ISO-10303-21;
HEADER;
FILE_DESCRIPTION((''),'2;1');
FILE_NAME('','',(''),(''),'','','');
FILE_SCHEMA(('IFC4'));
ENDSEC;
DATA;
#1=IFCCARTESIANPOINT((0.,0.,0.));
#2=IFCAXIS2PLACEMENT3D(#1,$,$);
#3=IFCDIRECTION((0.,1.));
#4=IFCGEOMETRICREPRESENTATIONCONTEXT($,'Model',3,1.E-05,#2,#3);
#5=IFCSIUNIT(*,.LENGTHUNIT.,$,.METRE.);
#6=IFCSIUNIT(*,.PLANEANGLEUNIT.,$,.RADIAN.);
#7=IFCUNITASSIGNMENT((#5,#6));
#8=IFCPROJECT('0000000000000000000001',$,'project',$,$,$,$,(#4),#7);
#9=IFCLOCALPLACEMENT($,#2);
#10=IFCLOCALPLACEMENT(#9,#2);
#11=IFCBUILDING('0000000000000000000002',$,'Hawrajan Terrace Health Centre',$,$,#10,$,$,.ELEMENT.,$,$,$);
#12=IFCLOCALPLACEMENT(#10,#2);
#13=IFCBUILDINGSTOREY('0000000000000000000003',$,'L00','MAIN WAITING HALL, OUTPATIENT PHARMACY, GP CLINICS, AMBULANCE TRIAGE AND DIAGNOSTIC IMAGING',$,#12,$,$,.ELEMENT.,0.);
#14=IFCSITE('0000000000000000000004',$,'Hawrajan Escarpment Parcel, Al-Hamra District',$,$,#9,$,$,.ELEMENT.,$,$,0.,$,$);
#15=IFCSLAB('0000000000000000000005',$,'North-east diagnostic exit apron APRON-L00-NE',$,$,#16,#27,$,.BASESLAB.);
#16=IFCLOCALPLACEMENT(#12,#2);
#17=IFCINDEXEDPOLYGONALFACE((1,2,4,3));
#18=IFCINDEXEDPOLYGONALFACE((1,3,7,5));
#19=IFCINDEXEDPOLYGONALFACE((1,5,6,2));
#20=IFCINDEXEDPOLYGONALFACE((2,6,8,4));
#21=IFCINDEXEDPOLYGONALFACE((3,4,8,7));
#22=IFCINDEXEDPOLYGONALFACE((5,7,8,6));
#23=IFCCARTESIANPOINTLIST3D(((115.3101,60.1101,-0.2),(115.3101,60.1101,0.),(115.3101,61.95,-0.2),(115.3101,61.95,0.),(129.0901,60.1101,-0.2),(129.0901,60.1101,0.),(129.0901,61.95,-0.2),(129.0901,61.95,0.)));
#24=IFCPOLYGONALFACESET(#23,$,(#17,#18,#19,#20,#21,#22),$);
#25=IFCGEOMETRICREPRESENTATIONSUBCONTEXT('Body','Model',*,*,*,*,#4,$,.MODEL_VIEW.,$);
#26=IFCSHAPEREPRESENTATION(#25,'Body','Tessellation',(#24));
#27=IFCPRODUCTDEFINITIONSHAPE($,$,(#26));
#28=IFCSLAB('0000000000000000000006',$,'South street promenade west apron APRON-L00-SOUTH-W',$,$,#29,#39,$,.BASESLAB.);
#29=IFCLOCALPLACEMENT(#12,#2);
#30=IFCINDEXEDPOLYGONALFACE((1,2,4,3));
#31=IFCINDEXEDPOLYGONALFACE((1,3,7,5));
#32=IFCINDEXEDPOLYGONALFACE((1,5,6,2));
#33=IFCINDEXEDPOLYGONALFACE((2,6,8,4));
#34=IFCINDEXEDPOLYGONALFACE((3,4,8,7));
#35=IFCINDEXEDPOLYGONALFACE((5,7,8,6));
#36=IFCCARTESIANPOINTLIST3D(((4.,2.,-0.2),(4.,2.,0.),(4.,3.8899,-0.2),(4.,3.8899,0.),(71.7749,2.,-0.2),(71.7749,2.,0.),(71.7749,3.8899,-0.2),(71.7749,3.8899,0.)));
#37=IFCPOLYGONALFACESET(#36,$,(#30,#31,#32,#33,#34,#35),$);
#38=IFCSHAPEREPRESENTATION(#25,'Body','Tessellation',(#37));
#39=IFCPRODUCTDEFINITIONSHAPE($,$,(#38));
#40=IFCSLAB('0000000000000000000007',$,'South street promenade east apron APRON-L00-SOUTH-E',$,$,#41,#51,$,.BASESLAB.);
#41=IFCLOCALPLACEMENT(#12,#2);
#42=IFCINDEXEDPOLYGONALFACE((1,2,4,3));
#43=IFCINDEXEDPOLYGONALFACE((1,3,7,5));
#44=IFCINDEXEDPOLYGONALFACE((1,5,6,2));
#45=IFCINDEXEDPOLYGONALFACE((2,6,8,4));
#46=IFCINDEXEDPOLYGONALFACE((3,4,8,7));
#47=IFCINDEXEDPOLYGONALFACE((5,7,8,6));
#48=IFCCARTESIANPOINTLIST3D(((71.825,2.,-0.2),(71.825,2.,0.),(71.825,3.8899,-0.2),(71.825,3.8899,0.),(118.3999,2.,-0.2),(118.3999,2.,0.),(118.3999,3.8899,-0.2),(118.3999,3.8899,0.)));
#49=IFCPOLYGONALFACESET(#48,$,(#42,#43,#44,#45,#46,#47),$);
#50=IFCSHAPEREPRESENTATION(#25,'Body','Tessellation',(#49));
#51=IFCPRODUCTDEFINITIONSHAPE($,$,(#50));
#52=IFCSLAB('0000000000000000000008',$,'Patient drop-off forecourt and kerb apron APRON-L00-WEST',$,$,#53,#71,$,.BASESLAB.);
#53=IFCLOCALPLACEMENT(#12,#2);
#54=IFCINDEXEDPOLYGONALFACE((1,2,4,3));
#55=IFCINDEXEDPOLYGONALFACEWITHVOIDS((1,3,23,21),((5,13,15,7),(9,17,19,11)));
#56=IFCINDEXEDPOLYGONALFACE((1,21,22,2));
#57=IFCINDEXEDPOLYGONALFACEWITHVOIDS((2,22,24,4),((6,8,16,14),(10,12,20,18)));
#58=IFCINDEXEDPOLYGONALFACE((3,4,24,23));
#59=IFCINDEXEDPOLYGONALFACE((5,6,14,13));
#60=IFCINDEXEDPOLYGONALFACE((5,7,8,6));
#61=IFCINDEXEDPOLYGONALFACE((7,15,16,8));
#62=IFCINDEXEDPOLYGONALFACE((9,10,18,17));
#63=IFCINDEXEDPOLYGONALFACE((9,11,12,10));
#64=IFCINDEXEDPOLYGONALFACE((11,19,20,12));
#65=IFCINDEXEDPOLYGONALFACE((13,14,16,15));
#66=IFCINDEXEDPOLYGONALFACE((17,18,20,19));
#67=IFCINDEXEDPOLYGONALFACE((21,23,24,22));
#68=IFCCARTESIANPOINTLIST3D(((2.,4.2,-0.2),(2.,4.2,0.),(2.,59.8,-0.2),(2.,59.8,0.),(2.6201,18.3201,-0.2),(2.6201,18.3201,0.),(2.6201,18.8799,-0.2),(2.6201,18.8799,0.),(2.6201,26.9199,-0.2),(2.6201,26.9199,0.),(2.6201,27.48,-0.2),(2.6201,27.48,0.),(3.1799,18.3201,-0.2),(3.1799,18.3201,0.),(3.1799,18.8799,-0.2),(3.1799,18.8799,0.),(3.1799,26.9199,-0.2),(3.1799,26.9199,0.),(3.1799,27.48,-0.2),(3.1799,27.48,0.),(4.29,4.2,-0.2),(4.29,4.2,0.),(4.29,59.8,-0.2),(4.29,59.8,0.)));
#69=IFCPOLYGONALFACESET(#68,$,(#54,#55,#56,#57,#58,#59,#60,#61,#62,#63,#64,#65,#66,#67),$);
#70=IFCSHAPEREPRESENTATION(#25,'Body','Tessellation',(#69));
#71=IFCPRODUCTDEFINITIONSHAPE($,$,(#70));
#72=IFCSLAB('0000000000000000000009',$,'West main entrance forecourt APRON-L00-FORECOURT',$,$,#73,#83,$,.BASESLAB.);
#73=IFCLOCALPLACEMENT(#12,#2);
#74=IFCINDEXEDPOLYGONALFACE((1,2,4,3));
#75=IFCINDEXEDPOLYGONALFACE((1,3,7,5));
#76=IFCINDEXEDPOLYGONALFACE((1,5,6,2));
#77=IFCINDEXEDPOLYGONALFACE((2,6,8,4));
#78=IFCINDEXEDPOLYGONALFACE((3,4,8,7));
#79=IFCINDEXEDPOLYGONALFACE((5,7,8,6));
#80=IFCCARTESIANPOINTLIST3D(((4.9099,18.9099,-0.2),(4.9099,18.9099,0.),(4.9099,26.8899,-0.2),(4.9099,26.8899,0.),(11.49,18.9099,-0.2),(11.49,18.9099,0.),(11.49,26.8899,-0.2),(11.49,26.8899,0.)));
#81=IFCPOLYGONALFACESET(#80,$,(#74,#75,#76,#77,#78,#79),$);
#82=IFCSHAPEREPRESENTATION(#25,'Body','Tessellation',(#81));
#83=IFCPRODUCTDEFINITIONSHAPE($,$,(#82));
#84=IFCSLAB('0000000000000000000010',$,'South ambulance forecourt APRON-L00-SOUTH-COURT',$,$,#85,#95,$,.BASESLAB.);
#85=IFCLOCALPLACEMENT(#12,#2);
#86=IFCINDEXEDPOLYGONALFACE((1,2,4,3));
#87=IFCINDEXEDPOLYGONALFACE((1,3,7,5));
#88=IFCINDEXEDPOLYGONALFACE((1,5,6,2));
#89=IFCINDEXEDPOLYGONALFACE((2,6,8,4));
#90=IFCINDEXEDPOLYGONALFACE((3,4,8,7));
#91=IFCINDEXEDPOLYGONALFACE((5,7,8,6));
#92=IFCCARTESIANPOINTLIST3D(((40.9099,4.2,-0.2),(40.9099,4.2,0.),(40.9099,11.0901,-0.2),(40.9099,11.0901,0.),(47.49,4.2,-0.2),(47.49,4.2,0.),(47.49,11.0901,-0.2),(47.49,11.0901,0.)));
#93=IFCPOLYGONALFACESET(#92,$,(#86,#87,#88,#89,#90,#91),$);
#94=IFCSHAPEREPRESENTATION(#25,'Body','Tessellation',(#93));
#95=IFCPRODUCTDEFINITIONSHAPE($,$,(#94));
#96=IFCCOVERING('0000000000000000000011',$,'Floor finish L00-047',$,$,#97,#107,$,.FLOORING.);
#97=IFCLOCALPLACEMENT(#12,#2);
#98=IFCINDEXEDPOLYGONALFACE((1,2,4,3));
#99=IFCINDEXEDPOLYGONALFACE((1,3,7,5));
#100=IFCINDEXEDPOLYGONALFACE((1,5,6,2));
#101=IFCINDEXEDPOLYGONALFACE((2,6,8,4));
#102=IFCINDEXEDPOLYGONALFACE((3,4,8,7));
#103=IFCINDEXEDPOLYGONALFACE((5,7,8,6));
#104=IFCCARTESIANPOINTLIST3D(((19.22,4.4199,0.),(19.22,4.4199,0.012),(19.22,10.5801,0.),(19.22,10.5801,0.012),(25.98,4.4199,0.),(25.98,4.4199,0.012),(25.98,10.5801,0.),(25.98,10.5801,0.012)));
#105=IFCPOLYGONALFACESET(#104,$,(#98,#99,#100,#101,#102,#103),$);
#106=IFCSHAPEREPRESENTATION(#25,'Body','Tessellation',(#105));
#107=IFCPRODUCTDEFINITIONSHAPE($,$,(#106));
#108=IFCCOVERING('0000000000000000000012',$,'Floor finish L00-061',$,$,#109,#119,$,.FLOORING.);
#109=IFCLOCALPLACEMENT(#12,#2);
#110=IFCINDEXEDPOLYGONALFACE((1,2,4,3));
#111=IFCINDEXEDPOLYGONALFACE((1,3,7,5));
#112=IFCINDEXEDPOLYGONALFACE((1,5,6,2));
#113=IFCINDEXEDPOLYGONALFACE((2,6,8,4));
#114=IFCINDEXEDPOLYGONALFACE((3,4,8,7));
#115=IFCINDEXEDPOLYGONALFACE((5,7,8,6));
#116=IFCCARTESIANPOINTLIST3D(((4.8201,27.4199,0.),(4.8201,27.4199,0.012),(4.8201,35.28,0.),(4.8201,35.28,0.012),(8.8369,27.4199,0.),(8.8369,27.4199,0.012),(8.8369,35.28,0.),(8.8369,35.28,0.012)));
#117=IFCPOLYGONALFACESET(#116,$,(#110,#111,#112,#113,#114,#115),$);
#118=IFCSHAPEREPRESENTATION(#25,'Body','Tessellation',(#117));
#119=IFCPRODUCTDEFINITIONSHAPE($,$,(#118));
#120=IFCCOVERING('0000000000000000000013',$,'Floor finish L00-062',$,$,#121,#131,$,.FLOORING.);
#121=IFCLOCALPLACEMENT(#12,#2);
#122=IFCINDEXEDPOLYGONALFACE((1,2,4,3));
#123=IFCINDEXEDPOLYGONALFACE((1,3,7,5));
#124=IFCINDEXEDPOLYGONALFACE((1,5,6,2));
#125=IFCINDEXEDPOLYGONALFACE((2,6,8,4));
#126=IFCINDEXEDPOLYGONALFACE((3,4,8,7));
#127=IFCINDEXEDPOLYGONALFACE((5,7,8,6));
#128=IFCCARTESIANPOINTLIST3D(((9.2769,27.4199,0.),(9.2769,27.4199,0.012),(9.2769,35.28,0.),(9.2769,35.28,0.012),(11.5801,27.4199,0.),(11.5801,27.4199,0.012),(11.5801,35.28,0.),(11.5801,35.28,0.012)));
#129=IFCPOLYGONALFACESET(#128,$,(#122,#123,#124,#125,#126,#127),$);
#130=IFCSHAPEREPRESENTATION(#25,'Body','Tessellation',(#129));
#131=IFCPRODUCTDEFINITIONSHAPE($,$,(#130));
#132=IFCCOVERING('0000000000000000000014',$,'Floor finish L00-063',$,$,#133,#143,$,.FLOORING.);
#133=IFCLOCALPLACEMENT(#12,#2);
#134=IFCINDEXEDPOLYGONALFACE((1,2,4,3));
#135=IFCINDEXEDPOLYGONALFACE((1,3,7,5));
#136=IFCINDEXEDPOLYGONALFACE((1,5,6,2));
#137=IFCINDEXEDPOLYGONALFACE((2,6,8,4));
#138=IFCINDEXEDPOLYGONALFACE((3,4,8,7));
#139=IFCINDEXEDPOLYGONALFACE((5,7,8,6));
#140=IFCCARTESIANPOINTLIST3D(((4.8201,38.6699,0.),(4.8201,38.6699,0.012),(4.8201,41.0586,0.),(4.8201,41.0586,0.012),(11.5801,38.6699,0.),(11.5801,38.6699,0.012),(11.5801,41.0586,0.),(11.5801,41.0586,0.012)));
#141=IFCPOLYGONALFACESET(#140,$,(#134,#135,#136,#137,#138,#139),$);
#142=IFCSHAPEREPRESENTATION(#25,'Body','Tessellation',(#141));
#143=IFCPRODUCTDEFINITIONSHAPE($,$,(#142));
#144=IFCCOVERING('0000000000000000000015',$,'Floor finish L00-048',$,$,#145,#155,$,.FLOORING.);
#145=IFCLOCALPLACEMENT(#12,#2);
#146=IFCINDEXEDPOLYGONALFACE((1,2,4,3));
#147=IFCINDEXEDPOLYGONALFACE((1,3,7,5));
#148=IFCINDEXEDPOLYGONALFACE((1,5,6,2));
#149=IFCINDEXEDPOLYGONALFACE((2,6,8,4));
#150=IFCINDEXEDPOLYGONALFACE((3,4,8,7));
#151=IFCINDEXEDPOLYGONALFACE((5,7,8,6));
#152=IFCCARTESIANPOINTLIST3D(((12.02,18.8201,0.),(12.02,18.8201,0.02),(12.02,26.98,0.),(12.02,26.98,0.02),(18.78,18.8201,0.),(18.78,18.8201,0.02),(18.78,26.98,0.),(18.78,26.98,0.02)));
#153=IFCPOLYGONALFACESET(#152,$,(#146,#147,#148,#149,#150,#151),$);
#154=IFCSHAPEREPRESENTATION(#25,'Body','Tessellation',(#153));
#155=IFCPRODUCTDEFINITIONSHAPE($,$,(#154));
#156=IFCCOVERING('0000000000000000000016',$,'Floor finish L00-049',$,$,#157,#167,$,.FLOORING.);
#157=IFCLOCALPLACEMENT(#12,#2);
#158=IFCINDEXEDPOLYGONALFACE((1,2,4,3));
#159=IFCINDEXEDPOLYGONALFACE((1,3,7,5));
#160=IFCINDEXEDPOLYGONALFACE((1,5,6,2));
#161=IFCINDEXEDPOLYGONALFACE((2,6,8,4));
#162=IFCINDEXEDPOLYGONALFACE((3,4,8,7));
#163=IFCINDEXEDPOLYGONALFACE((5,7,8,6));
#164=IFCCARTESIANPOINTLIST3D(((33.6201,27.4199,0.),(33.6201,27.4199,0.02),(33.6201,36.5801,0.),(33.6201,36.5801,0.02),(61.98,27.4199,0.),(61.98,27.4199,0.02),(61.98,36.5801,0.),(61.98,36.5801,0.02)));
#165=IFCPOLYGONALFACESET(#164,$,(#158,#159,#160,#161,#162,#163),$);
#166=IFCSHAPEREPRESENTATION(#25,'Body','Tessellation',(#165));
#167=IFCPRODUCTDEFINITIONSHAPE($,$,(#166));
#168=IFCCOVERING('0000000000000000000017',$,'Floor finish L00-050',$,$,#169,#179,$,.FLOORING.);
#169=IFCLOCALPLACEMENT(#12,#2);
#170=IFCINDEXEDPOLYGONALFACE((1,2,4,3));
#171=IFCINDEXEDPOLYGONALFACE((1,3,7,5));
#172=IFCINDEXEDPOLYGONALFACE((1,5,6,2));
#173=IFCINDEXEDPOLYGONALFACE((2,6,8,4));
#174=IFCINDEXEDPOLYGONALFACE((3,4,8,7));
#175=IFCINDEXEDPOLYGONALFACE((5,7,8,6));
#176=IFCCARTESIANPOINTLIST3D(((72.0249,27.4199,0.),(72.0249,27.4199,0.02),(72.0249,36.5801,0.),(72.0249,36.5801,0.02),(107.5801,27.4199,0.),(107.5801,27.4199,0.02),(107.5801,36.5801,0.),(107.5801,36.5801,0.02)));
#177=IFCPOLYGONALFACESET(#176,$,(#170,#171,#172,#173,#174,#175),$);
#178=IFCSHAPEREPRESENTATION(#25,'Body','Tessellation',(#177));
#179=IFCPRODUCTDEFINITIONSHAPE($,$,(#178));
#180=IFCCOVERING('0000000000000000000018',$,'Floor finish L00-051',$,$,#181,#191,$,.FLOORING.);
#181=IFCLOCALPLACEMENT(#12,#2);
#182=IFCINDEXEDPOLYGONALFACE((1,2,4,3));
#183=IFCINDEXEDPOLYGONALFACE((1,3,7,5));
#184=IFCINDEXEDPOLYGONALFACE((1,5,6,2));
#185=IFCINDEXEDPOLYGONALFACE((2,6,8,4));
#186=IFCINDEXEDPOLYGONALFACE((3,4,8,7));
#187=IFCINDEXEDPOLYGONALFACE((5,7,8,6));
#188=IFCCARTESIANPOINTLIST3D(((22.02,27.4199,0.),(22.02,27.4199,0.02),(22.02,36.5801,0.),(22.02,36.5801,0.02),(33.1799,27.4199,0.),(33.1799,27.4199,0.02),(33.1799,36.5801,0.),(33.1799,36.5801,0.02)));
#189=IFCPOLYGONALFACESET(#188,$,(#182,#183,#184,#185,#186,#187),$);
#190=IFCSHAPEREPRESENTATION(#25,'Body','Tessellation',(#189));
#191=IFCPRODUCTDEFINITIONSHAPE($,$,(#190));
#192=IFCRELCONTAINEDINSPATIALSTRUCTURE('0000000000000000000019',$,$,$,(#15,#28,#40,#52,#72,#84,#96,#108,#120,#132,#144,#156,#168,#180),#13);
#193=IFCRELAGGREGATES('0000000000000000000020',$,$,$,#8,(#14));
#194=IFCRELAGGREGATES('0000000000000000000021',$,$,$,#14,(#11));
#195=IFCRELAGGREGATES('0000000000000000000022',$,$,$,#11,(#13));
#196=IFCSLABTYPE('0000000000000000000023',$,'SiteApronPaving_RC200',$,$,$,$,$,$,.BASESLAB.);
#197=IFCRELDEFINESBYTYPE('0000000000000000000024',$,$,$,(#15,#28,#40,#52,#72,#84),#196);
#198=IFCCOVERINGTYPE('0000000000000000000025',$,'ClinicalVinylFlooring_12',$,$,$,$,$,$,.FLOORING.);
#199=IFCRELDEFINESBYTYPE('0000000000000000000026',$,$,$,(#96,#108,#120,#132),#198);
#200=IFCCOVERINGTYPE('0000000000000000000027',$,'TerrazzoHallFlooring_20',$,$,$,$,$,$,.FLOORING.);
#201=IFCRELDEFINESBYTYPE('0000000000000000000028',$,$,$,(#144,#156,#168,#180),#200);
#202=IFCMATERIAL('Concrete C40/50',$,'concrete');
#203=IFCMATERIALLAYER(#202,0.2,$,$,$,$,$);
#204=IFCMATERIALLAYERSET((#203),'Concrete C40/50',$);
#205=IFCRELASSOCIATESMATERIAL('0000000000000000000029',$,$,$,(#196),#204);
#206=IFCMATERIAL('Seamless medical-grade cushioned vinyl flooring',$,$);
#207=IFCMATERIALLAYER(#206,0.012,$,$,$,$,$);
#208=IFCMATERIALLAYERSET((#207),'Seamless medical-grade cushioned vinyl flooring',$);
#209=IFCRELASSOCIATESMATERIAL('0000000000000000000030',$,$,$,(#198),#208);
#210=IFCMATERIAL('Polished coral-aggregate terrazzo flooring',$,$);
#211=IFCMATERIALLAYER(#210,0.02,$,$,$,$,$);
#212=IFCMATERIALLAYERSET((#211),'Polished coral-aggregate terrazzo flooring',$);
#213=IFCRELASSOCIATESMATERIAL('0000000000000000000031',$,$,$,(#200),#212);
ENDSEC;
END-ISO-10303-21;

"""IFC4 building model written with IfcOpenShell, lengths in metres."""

from ifc_helpers import new_model, si_unit, direction, frame, origin, place, context, subcontext, project, spatial, polyline, outline, extrude, material, layer, layer_set, type_object, element, save


model = new_model("IFC4")

# Units and contexts
model_context = context("Model", 3, precision=1e-05, world=origin(), true_north=direction((0.0, 1.0)))
body_context = subcontext(model_context, "Body", "Model", "MODEL_VIEW")
ifc_project = project(units=[si_unit("LENGTHUNIT", "METRE"), si_unit("PLANEANGLEUNIT", "RADIAN")], contexts=[model_context])

# Site, building, storey
site_placement = place(None, origin())
site = spatial("IfcSite", under=ifc_project, at=site_placement, Name="Hawrajan Escarpment Parcel, Al-Hamra District", CompositionType="ELEMENT", RefElevation=0.0)
building_placement = place(site_placement, origin())
building = spatial("IfcBuilding", under=site, at=building_placement, Name="Hawrajan Terrace Health Centre", CompositionType="ELEMENT")
storey_placement = place(building_placement, origin())
storey = spatial("IfcBuildingStorey", under=building, at=storey_placement, Name="L00", Description="MAIN WAITING HALL, OUTPATIENT PHARMACY, GP CLINICS, AMBULANCE TRIAGE AND DIAGNOSTIC IMAGING", CompositionType="ELEMENT", Elevation=0.0)

# Slabs
ifc_material_1 = material(Name="Concrete C40/50", Category="concrete")
ifc_layer_1 = layer(ifc_material_1, 0.2)
ifc_layer_set_1 = layer_set([ifc_layer_1], Name="Concrete C40/50")
slab_type = type_object("IfcSlabType", Name="SiteApronPaving_RC200", PredefinedType="BASESLAB", material=ifc_layer_set_1)
slab_1_placement = place(storey_placement, frame((0.0, 0.0, -0.2)))
element("IfcSlab", 1, at=slab_1_placement, inside=storey, type_object=slab_type, Name="North-east diagnostic exit apron APRON-L00-NE", PredefinedType="BASESLAB", context=body_context, shape_type="SweptSolid", body=[
    extrude(outline(polyline([(115.3101, 60.1101), (129.0901, 60.1101), (129.0901, 61.95), (115.3101, 61.95), (115.3101, 60.1101)])), origin(), (0.0, 0.0, 1.0), 0.2),
])
slab_2_placement = place(storey_placement, frame((0.0, 0.0, -0.2)))
element("IfcSlab", 2, at=slab_2_placement, inside=storey, type_object=slab_type, Name="South street promenade west apron APRON-L00-SOUTH-W", PredefinedType="BASESLAB", context=body_context, shape_type="SweptSolid", body=[
    extrude(outline(polyline([(4.0, 2.0), (71.7749, 2.0), (71.7749, 3.8899), (4.0, 3.8899), (4.0, 2.0)])), origin(), (0.0, 0.0, 1.0), 0.2),
])
slab_3_placement = place(storey_placement, frame((0.0, 0.0, -0.2)))
element("IfcSlab", 3, at=slab_3_placement, inside=storey, type_object=slab_type, Name="South street promenade east apron APRON-L00-SOUTH-E", PredefinedType="BASESLAB", context=body_context, shape_type="SweptSolid", body=[
    extrude(outline(polyline([(71.825, 2.0), (118.3999, 2.0), (118.3999, 3.8899), (71.825, 3.8899), (71.825, 2.0)])), origin(), (0.0, 0.0, 1.0), 0.2),
])
slab_4_placement = place(storey_placement, frame((0.0, 0.0, -0.2)))
element("IfcSlab", 4, at=slab_4_placement, inside=storey, type_object=slab_type, Name="Patient drop-off forecourt and kerb apron APRON-L00-WEST", PredefinedType="BASESLAB", context=body_context, shape_type="SweptSolid", body=[
    extrude(outline(polyline([(2.0, 4.2), (4.29, 4.2), (4.29, 59.8), (2.0, 59.8), (2.0, 4.2)]), holes=[polyline([(2.6201, 18.3201), (3.1799, 18.3201), (3.1799, 18.8799), (2.6201, 18.8799), (2.6201, 18.3201)]), polyline([(2.6201, 26.9199), (3.1799, 26.9199), (3.1799, 27.48), (2.6201, 27.48), (2.6201, 26.9199)])]), origin(), (0.0, 0.0, 1.0), 0.2),
])
slab_5_placement = place(storey_placement, frame((0.0, 0.0, -0.2)))
element("IfcSlab", 5, at=slab_5_placement, inside=storey, type_object=slab_type, Name="West main entrance forecourt APRON-L00-FORECOURT", PredefinedType="BASESLAB", context=body_context, shape_type="SweptSolid", body=[
    extrude(outline(polyline([(4.9099, 18.9099), (11.49, 18.9099), (11.49, 26.8899), (4.9099, 26.8899), (4.9099, 18.9099)])), origin(), (0.0, 0.0, 1.0), 0.2),
])
slab_6_placement = place(storey_placement, frame((0.0, 0.0, -0.2)))
element("IfcSlab", 6, at=slab_6_placement, inside=storey, type_object=slab_type, Name="South ambulance forecourt APRON-L00-SOUTH-COURT", PredefinedType="BASESLAB", context=body_context, shape_type="SweptSolid", body=[
    extrude(outline(polyline([(40.9099, 4.2), (47.49, 4.2), (47.49, 11.0901), (40.9099, 11.0901), (40.9099, 4.2)])), origin(), (0.0, 0.0, 1.0), 0.2),
])

# Coverings
ifc_material_2 = material(Name="Seamless medical-grade cushioned vinyl flooring")
ifc_layer_2 = layer(ifc_material_2, 0.012)
ifc_layer_set_2 = layer_set([ifc_layer_2], Name="Seamless medical-grade cushioned vinyl flooring")
covering_type_1 = type_object("IfcCoveringType", Name="ClinicalVinylFlooring_12", PredefinedType="FLOORING", material=ifc_layer_set_2)
covering_1_placement = place(storey_placement, origin())
element("IfcCovering", 7, at=covering_1_placement, inside=storey, type_object=covering_type_1, Name="Floor finish L00-047", PredefinedType="FLOORING", context=body_context, shape_type="SweptSolid", body=[
    extrude(outline(polyline([(19.22, 10.5801), (25.98, 10.5801), (25.98, 4.4199), (19.22, 4.4199), (19.22, 10.5801)])), origin(), (0.0, 0.0, 1.0), 0.012),
])
covering_2_placement = place(storey_placement, origin())
element("IfcCovering", 8, at=covering_2_placement, inside=storey, type_object=covering_type_1, Name="Floor finish L00-061", PredefinedType="FLOORING", context=body_context, shape_type="SweptSolid", body=[
    extrude(outline(polyline([(4.8201, 35.28), (8.8369, 35.28), (8.8369, 27.4199), (4.8201, 27.4199), (4.8201, 35.28)])), origin(), (0.0, 0.0, 1.0), 0.012),
])
covering_3_placement = place(storey_placement, origin())
element("IfcCovering", 9, at=covering_3_placement, inside=storey, type_object=covering_type_1, Name="Floor finish L00-062", PredefinedType="FLOORING", context=body_context, shape_type="SweptSolid", body=[
    extrude(outline(polyline([(9.2769, 35.28), (11.5801, 35.28), (11.5801, 27.4199), (9.2769, 27.4199), (9.2769, 35.28)])), origin(), (0.0, 0.0, 1.0), 0.012),
])
covering_4_placement = place(storey_placement, origin())
element("IfcCovering", 10, at=covering_4_placement, inside=storey, type_object=covering_type_1, Name="Floor finish L00-063", PredefinedType="FLOORING", context=body_context, shape_type="SweptSolid", body=[
    extrude(outline(polyline([(4.8201, 41.0586), (11.5801, 41.0586), (11.5801, 38.6699), (4.8201, 38.6699), (4.8201, 41.0586)])), origin(), (0.0, 0.0, 1.0), 0.012),
])
ifc_material_3 = material(Name="Polished coral-aggregate terrazzo flooring")
ifc_layer_3 = layer(ifc_material_3, 0.02)
ifc_layer_set_3 = layer_set([ifc_layer_3], Name="Polished coral-aggregate terrazzo flooring")
covering_type_2 = type_object("IfcCoveringType", Name="TerrazzoHallFlooring_20", PredefinedType="FLOORING", material=ifc_layer_set_3)
covering_5_placement = place(storey_placement, origin())
element("IfcCovering", 11, at=covering_5_placement, inside=storey, type_object=covering_type_2, Name="Floor finish L00-048", PredefinedType="FLOORING", context=body_context, shape_type="SweptSolid", body=[
    extrude(outline(polyline([(12.02, 26.98), (18.78, 26.98), (18.78, 18.8201), (12.02, 18.8201), (12.02, 26.98)])), origin(), (0.0, 0.0, 1.0), 0.02),
])
covering_6_placement = place(storey_placement, origin())
element("IfcCovering", 12, at=covering_6_placement, inside=storey, type_object=covering_type_2, Name="Floor finish L00-049", PredefinedType="FLOORING", context=body_context, shape_type="SweptSolid", body=[
    extrude(outline(polyline([(33.6201, 36.5801), (61.98, 36.5801), (61.98, 27.4199), (33.6201, 27.4199), (33.6201, 36.5801)])), origin(), (0.0, 0.0, 1.0), 0.02),
])
covering_7_placement = place(storey_placement, origin())
element("IfcCovering", 13, at=covering_7_placement, inside=storey, type_object=covering_type_2, Name="Floor finish L00-050", PredefinedType="FLOORING", context=body_context, shape_type="SweptSolid", body=[
    extrude(outline(polyline([(72.0249, 36.5801), (107.5801, 36.5801), (107.5801, 27.4199), (72.0249, 27.4199), (72.0249, 36.5801)])), origin(), (0.0, 0.0, 1.0), 0.02),
])
covering_8_placement = place(storey_placement, origin())
element("IfcCovering", 14, at=covering_8_placement, inside=storey, type_object=covering_type_2, Name="Floor finish L00-051", PredefinedType="FLOORING", context=body_context, shape_type="SweptSolid", body=[
    extrude(outline(polyline([(22.02, 36.5801), (33.1799, 36.5801), (33.1799, 27.4199), (22.02, 27.4199), (22.02, 36.5801)])), origin(), (0.0, 0.0, 1.0), 0.02),
])

save(model, "model.ifc")
